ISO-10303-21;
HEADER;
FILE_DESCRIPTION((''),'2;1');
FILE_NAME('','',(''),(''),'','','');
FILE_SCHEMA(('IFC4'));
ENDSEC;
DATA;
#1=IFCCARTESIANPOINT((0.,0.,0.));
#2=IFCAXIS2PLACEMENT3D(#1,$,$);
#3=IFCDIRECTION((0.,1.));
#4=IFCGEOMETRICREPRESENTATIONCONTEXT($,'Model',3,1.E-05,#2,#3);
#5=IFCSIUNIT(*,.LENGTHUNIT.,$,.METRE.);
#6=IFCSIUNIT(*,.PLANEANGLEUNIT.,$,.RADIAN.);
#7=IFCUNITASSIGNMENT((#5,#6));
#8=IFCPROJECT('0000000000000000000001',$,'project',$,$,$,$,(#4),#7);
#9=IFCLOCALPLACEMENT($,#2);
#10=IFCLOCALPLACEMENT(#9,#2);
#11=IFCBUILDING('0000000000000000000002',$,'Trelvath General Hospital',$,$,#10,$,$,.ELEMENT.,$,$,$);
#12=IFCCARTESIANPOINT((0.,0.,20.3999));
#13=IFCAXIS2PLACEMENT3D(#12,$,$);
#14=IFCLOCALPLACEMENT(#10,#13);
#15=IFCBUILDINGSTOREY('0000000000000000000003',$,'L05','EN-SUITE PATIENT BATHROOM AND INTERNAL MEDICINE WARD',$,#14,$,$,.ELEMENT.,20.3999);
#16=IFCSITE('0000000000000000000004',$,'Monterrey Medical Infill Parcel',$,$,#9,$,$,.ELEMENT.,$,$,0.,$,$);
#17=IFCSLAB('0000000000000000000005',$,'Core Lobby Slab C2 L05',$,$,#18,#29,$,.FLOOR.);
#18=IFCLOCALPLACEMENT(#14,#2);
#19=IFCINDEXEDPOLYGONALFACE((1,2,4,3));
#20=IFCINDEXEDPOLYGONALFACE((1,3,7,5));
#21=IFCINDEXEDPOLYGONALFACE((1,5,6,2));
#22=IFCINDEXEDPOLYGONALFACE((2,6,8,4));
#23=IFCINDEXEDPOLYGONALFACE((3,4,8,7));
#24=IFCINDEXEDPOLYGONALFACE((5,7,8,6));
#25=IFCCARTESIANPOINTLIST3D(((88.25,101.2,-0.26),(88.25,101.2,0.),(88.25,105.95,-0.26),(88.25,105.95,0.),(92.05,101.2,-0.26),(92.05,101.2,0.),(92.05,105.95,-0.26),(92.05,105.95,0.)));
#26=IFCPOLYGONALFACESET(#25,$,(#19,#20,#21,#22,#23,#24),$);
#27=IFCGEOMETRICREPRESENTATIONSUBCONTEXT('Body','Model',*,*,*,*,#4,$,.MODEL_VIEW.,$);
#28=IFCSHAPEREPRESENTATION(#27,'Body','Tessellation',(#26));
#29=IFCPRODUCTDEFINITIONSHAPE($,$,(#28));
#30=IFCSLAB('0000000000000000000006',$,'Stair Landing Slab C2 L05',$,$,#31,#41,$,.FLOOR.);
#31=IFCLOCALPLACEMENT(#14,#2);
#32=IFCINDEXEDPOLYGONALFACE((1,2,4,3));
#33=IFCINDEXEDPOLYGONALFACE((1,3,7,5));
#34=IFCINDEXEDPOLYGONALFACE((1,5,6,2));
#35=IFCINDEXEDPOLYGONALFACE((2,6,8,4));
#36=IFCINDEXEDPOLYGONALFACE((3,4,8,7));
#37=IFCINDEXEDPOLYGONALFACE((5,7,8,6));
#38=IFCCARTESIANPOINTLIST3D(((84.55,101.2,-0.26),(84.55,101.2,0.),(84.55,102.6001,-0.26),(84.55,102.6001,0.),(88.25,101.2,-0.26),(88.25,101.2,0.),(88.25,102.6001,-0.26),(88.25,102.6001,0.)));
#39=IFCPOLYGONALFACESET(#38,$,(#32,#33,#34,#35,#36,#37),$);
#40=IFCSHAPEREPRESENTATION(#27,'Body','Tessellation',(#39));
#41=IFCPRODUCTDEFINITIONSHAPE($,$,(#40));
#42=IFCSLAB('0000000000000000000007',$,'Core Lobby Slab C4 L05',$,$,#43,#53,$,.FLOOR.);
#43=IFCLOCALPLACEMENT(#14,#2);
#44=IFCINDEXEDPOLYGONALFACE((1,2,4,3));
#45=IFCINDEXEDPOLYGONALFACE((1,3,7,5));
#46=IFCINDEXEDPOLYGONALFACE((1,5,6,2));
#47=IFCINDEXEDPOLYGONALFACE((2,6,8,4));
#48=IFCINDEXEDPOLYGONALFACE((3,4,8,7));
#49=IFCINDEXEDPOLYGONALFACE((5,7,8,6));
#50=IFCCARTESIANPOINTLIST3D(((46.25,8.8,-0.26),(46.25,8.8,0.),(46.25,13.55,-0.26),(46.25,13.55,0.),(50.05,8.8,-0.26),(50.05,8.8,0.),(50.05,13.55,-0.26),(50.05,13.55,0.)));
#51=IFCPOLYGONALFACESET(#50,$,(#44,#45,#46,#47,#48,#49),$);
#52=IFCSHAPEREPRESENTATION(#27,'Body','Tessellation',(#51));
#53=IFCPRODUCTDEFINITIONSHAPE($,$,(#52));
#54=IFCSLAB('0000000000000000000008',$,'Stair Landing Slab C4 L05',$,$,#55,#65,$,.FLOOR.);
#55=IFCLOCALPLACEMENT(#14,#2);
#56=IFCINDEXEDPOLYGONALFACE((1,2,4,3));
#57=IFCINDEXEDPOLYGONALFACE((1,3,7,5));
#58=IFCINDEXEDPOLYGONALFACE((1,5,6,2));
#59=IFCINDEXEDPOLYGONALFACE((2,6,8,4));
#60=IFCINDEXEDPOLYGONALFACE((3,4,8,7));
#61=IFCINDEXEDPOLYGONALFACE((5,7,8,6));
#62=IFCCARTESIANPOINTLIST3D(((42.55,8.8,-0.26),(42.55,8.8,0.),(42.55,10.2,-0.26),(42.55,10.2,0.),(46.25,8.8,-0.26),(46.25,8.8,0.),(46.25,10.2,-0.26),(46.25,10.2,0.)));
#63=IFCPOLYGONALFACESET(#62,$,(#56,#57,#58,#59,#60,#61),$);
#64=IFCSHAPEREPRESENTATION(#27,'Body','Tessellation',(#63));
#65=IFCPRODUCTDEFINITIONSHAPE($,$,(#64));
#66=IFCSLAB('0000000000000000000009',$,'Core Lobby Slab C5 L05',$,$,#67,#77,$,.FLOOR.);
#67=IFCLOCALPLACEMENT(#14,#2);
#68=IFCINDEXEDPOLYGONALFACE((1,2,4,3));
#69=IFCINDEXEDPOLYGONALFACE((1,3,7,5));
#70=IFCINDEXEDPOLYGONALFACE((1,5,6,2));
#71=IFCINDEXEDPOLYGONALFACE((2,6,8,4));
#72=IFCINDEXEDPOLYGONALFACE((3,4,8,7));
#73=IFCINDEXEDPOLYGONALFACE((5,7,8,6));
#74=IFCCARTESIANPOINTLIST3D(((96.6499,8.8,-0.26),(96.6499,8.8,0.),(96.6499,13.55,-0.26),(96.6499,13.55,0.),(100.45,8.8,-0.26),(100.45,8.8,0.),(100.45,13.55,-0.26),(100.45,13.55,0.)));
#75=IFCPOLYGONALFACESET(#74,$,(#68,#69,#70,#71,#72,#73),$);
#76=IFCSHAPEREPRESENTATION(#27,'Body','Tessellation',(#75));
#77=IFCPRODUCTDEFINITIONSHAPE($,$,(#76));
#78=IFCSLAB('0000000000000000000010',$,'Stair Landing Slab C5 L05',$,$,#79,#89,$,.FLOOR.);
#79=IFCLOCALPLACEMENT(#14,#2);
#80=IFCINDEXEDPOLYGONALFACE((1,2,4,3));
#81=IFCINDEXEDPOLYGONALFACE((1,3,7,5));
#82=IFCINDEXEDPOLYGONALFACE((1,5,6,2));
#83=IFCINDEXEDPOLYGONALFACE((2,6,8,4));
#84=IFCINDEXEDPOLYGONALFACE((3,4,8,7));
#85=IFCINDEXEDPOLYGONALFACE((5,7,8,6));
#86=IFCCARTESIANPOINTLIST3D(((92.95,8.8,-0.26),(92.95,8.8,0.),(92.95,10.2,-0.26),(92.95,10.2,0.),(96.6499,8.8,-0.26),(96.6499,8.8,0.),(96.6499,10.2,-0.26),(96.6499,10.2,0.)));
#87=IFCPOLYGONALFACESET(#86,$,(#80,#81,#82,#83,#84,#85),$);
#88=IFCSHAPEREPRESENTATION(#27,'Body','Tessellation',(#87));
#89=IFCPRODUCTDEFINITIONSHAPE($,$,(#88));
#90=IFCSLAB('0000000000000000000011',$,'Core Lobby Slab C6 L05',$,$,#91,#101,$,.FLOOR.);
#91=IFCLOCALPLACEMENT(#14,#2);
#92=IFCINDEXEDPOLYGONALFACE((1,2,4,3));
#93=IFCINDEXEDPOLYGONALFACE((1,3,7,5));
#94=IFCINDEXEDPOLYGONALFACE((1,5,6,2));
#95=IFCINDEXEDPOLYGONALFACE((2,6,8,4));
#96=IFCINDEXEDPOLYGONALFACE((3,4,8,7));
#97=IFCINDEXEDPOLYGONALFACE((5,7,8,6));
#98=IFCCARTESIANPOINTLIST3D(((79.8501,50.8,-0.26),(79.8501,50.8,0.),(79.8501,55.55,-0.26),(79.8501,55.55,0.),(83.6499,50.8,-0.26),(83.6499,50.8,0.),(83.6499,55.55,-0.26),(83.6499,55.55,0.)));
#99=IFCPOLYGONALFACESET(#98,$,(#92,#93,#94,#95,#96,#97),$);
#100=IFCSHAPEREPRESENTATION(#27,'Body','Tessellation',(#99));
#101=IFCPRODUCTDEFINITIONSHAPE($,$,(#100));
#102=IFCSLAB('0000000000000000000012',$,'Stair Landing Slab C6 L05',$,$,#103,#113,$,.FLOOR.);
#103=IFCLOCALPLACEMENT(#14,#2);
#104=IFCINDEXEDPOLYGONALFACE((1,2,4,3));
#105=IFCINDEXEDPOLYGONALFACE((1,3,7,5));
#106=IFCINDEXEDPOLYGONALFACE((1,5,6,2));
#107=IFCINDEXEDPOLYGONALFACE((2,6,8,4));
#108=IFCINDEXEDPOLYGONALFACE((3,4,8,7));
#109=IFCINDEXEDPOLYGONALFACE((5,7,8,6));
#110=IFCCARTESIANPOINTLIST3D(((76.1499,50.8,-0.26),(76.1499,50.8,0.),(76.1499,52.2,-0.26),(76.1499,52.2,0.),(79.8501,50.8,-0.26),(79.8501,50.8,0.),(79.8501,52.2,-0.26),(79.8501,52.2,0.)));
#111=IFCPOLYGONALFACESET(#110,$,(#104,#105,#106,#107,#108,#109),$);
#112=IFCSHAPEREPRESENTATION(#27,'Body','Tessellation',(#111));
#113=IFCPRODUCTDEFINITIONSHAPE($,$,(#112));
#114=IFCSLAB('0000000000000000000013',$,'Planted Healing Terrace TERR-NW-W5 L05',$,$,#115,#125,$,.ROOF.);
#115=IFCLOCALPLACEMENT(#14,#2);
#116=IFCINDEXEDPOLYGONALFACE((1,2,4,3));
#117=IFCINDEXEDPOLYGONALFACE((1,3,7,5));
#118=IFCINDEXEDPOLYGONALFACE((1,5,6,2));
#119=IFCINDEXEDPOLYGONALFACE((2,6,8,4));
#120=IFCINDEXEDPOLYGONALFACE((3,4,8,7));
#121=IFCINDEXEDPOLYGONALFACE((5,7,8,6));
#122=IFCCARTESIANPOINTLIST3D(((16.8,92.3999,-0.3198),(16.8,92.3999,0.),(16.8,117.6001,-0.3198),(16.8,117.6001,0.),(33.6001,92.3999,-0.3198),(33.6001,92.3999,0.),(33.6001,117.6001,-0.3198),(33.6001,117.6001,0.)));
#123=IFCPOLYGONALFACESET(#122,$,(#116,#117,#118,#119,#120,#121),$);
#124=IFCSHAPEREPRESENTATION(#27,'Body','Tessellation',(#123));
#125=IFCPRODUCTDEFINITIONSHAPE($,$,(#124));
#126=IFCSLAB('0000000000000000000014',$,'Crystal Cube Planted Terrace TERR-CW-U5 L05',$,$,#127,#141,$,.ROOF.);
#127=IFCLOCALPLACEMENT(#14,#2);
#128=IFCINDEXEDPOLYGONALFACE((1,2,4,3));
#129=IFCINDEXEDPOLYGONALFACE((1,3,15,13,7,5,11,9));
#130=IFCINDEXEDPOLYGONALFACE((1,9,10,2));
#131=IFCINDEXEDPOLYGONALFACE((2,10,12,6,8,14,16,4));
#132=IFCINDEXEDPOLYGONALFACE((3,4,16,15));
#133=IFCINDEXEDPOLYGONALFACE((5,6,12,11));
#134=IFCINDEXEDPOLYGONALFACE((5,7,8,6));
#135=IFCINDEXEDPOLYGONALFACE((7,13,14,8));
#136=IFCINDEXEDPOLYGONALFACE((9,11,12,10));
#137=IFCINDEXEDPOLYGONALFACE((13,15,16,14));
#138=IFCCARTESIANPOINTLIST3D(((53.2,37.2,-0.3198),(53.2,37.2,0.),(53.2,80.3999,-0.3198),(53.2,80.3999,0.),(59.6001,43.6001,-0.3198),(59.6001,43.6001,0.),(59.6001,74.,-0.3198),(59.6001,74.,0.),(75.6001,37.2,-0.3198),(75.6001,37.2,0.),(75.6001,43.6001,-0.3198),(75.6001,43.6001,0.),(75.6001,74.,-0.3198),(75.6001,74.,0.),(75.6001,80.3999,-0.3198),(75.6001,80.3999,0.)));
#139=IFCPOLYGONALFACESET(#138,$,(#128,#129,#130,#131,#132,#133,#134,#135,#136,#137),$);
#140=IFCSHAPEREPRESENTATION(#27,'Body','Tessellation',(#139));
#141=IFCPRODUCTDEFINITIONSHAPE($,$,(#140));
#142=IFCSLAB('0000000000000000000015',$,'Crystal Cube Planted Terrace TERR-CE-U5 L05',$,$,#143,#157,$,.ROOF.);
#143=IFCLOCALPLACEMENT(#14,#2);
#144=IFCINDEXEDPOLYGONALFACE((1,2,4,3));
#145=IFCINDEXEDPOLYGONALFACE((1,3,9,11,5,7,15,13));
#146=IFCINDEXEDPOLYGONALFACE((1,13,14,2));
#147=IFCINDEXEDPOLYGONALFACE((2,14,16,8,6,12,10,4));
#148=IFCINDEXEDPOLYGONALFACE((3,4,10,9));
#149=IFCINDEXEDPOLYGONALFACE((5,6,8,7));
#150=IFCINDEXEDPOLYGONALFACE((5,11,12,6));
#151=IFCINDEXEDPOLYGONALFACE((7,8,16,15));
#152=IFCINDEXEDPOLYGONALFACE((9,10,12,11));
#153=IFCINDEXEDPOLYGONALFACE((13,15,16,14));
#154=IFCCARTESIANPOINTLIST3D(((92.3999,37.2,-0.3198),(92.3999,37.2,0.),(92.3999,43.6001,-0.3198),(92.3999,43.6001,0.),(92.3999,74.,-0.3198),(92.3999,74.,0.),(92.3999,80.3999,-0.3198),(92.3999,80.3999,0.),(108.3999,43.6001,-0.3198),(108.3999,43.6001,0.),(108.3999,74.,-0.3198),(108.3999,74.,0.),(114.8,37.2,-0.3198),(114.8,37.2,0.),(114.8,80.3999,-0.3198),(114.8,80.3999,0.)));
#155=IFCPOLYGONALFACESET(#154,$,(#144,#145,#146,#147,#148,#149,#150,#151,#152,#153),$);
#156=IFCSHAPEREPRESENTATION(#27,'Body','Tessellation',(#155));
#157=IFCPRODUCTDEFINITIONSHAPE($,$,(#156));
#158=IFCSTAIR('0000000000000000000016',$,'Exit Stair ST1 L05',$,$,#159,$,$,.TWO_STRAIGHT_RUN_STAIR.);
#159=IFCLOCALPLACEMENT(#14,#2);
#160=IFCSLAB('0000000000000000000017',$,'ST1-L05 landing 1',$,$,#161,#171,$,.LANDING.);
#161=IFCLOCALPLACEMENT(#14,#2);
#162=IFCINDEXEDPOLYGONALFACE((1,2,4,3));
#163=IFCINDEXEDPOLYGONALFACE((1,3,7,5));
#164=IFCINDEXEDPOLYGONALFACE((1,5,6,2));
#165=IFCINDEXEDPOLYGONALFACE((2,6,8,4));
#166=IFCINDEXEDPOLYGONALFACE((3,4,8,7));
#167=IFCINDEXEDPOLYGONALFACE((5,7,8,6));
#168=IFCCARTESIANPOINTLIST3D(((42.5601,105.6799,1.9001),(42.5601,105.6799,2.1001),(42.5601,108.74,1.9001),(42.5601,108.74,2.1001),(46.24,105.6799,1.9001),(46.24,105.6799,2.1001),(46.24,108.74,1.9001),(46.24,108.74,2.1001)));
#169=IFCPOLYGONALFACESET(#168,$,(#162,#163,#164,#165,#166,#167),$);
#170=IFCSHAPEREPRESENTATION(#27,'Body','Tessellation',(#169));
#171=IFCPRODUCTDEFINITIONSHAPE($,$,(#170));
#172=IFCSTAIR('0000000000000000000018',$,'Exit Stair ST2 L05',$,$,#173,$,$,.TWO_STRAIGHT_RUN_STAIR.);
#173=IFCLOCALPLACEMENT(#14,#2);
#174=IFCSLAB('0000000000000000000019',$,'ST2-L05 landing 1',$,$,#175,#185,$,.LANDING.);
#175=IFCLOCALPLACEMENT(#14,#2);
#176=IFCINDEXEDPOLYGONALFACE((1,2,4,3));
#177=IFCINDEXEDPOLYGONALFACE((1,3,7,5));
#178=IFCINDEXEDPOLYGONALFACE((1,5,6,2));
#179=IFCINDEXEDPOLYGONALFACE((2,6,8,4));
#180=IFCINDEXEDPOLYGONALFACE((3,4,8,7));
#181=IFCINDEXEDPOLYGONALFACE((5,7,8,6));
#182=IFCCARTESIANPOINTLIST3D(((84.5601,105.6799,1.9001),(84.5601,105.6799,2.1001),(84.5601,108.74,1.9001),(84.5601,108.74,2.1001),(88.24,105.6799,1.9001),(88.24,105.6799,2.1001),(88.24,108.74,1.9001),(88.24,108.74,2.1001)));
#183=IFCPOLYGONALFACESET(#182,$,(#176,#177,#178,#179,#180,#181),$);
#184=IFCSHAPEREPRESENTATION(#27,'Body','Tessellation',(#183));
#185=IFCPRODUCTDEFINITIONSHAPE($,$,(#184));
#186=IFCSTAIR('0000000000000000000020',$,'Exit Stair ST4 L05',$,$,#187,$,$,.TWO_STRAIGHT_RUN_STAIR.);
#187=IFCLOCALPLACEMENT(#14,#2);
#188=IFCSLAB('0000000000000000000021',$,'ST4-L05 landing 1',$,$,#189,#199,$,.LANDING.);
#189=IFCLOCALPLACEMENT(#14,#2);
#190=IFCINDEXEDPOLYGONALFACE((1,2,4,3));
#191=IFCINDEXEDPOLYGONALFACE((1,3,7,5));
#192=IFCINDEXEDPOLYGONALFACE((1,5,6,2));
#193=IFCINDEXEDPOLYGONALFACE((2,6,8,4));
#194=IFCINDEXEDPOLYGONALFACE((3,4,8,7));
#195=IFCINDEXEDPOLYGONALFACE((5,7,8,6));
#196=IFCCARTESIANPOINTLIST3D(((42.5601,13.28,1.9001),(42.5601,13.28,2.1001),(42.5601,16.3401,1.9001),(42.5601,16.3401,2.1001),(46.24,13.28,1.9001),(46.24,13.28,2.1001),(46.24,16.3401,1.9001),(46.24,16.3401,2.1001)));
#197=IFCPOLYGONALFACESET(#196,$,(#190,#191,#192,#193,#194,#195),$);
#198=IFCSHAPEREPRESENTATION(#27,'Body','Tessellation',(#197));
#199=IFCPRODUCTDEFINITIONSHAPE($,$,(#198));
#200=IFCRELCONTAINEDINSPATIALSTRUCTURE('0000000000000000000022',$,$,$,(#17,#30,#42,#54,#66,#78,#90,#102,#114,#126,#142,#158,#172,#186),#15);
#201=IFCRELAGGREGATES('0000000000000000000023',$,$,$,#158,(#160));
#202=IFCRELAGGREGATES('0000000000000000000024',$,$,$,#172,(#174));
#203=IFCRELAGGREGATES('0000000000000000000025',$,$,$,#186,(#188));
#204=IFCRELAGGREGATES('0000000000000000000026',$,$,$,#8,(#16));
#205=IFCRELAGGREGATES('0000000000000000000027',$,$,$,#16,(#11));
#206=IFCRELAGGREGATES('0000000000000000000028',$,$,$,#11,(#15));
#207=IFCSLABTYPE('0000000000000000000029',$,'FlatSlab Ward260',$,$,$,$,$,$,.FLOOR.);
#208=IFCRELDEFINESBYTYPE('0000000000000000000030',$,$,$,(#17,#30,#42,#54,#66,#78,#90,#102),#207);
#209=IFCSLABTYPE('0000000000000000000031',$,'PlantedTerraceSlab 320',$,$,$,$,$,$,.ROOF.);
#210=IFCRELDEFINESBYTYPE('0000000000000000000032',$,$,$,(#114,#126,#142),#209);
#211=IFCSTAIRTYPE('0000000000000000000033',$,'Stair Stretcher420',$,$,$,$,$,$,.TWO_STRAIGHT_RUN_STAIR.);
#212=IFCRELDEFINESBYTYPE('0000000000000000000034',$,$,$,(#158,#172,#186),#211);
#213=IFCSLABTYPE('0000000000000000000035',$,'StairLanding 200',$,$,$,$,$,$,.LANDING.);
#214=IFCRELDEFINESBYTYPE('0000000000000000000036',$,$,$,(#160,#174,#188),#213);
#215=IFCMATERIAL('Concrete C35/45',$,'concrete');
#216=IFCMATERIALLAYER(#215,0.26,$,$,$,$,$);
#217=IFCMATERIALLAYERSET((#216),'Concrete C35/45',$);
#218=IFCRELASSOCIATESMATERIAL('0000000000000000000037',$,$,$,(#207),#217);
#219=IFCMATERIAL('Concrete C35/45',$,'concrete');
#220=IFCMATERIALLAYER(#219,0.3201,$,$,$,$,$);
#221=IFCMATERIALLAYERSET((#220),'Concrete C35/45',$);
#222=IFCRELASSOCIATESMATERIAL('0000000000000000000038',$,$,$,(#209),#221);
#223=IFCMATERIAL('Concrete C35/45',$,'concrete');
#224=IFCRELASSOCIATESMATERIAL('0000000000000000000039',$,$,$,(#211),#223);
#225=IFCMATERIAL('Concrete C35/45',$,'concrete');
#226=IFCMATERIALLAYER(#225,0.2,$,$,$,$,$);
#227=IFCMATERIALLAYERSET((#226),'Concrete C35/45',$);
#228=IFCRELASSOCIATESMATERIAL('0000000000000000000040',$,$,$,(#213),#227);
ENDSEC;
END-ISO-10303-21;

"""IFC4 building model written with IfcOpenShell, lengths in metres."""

from ifc_helpers import new_model, si_unit, direction, frame, origin, place, context, subcontext, project, spatial, polyline, outline, extrude, material, layer, layer_set, type_object, element, aggregate, save


model = new_model("IFC4")

# Units and contexts
model_context = context("Model", 3, precision=1e-05, world=origin(), true_north=direction((0.0, 1.0)))
body_context = subcontext(model_context, "Body", "Model", "MODEL_VIEW")
ifc_project = project(units=[si_unit("LENGTHUNIT", "METRE"), si_unit("PLANEANGLEUNIT", "RADIAN")], contexts=[model_context])

# Site, building, storey
site_placement = place(None, origin())
site = spatial("IfcSite", under=ifc_project, at=site_placement, Name="Monterrey Medical Infill Parcel", CompositionType="ELEMENT", RefElevation=0.0)
building_placement = place(site_placement, origin())
building = spatial("IfcBuilding", under=site, at=building_placement, Name="Trelvath General Hospital", CompositionType="ELEMENT")
storey_placement = place(building_placement, frame((0.0, 0.0, 20.3999)))
storey = spatial("IfcBuildingStorey", under=building, at=storey_placement, Name="L05", Description="EN-SUITE PATIENT BATHROOM AND INTERNAL MEDICINE WARD", CompositionType="ELEMENT", Elevation=20.3999)

# Slabs
ifc_material_1 = material(Name="Concrete C35/45", Category="concrete")
ifc_layer_1 = layer(ifc_material_1, 0.26)
ifc_layer_set_1 = layer_set([ifc_layer_1], Name="Concrete C35/45")
slab_type_1 = type_object("IfcSlabType", Name="FlatSlab Ward260", PredefinedType="FLOOR", material=ifc_layer_set_1)
slab_1_placement = place(storey_placement, frame((0.0, 0.0, -0.26)))
element("IfcSlab", 1, at=slab_1_placement, inside=storey, type_object=slab_type_1, Name="Core Lobby Slab C2 L05", PredefinedType="FLOOR", context=body_context, shape_type="SweptSolid", body=[
    extrude(outline(polyline([(88.25, 101.2), (92.05, 101.2), (92.05, 105.95), (88.25, 105.95), (88.25, 101.2)])), origin(), (0.0, 0.0, 1.0), 0.26),
])
slab_2_placement = place(storey_placement, frame((0.0, 0.0, -0.26)))
element("IfcSlab", 2, at=slab_2_placement, inside=storey, type_object=slab_type_1, Name="Stair Landing Slab C2 L05", PredefinedType="FLOOR", context=body_context, shape_type="SweptSolid", body=[
    extrude(outline(polyline([(84.55, 101.2), (88.25, 101.2), (88.25, 102.6001), (84.55, 102.6001), (84.55, 101.2)])), origin(), (0.0, 0.0, 1.0), 0.26),
])
slab_3_placement = place(storey_placement, frame((0.0, 0.0, -0.26)))
element("IfcSlab", 3, at=slab_3_placement, inside=storey, type_object=slab_type_1, Name="Core Lobby Slab C4 L05", PredefinedType="FLOOR", context=body_context, shape_type="SweptSolid", body=[
    extrude(outline(polyline([(46.25, 8.8), (50.05, 8.8), (50.05, 13.55), (46.25, 13.55), (46.25, 8.8)])), origin(), (0.0, 0.0, 1.0), 0.26),
])
slab_4_placement = place(storey_placement, frame((0.0, 0.0, -0.26)))
element("IfcSlab", 4, at=slab_4_placement, inside=storey, type_object=slab_type_1, Name="Stair Landing Slab C4 L05", PredefinedType="FLOOR", context=body_context, shape_type="SweptSolid", body=[
    extrude(outline(polyline([(42.55, 8.8), (46.25, 8.8), (46.25, 10.2), (42.55, 10.2), (42.55, 8.8)])), origin(), (0.0, 0.0, 1.0), 0.26),
])
slab_5_placement = place(storey_placement, frame((0.0, 0.0, -0.26)))
element("IfcSlab", 5, at=slab_5_placement, inside=storey, type_object=slab_type_1, Name="Core Lobby Slab C5 L05", PredefinedType="FLOOR", context=body_context, shape_type="SweptSolid", body=[
    extrude(outline(polyline([(96.6499, 8.8), (100.45, 8.8), (100.45, 13.55), (96.6499, 13.55), (96.6499, 8.8)])), origin(), (0.0, 0.0, 1.0), 0.26),
])
slab_6_placement = place(storey_placement, frame((0.0, 0.0, -0.26)))
element("IfcSlab", 6, at=slab_6_placement, inside=storey, type_object=slab_type_1, Name="Stair Landing Slab C5 L05", PredefinedType="FLOOR", context=body_context, shape_type="SweptSolid", body=[
    extrude(outline(polyline([(92.95, 8.8), (96.6499, 8.8), (96.6499, 10.2), (92.95, 10.2), (92.95, 8.8)])), origin(), (0.0, 0.0, 1.0), 0.26),
])
slab_7_placement = place(storey_placement, frame((0.0, 0.0, -0.26)))
element("IfcSlab", 7, at=slab_7_placement, inside=storey, type_object=slab_type_1, Name="Core Lobby Slab C6 L05", PredefinedType="FLOOR", context=body_context, shape_type="SweptSolid", body=[
    extrude(outline(polyline([(79.8501, 50.8), (83.6499, 50.8), (83.6499, 55.55), (79.8501, 55.55), (79.8501, 50.8)])), origin(), (0.0, 0.0, 1.0), 0.26),
])
slab_8_placement = place(storey_placement, frame((0.0, 0.0, -0.26)))
element("IfcSlab", 8, at=slab_8_placement, inside=storey, type_object=slab_type_1, Name="Stair Landing Slab C6 L05", PredefinedType="FLOOR", context=body_context, shape_type="SweptSolid", body=[
    extrude(outline(polyline([(76.1499, 50.8), (79.8501, 50.8), (79.8501, 52.2), (76.1499, 52.2), (76.1499, 50.8)])), origin(), (0.0, 0.0, 1.0), 0.26),
])
ifc_material_2 = material(Name="Concrete C35/45", Category="concrete")
ifc_layer_2 = layer(ifc_material_2, 0.3201)
ifc_layer_set_2 = layer_set([ifc_layer_2], Name="Concrete C35/45")
slab_type_2 = type_object("IfcSlabType", Name="PlantedTerraceSlab 320", PredefinedType="ROOF", material=ifc_layer_set_2)
slab_9_placement = place(storey_placement, frame((0.0, 0.0, -0.3198)))
element("IfcSlab", 9, at=slab_9_placement, inside=storey, type_object=slab_type_2, Name="Planted Healing Terrace TERR-NW-W5 L05", PredefinedType="ROOF", context=body_context, shape_type="SweptSolid", body=[
    extrude(outline(polyline([(16.8, 92.3999), (33.6001, 92.3999), (33.6001, 117.6001), (16.8, 117.6001), (16.8, 92.3999)])), origin(), (0.0, 0.0, 1.0), 0.3198),
])
slab_10_placement = place(storey_placement, frame((0.0, 0.0, -0.3198)))
element("IfcSlab", 10, at=slab_10_placement, inside=storey, type_object=slab_type_2, Name="Crystal Cube Planted Terrace TERR-CW-U5 L05", PredefinedType="ROOF", context=body_context, shape_type="SweptSolid", body=[
    extrude(outline(polyline([(53.2, 37.2), (75.6001, 37.2), (75.6001, 43.6001), (59.6001, 43.6001), (59.6001, 74.0), (75.6001, 74.0), (75.6001, 80.3999), (53.2, 80.3999), (53.2, 37.2)])), origin(), (0.0, 0.0, 1.0), 0.3198),
])
slab_11_placement = place(storey_placement, frame((0.0, 0.0, -0.3198)))
element("IfcSlab", 11, at=slab_11_placement, inside=storey, type_object=slab_type_2, Name="Crystal Cube Planted Terrace TERR-CE-U5 L05", PredefinedType="ROOF", context=body_context, shape_type="SweptSolid", body=[
    extrude(outline(polyline([(92.3999, 37.2), (114.8, 37.2), (114.8, 80.3999), (92.3999, 80.3999), (92.3999, 74.0), (108.3999, 74.0), (108.3999, 43.6001), (92.3999, 43.6001), (92.3999, 37.2)])), origin(), (0.0, 0.0, 1.0), 0.3198),
])

# Stairs, slabs
ifc_material_3 = material(Name="Concrete C35/45", Category="concrete")
stair_type = type_object("IfcStairType", Name="Stair Stretcher420", PredefinedType="TWO_STRAIGHT_RUN_STAIR", material=ifc_material_3)
stair_1_placement = place(storey_placement, origin())
stair_1 = element("IfcStair", 12, at=stair_1_placement, inside=storey, type_object=stair_type, Name="Exit Stair ST1 L05", PredefinedType="TWO_STRAIGHT_RUN_STAIR")
ifc_material_4 = material(Name="Concrete C35/45", Category="concrete")
ifc_layer_3 = layer(ifc_material_4, 0.2)
ifc_layer_set_3 = layer_set([ifc_layer_3], Name="Concrete C35/45")
slab_type_3 = type_object("IfcSlabType", Name="StairLanding 200", PredefinedType="LANDING", material=ifc_layer_set_3)
slab_12_placement = place(storey_placement, frame((0.0, 0.0, 1.9001)))
slab_12 = element("IfcSlab", 13, at=slab_12_placement, type_object=slab_type_3, Name="ST1-L05 landing 1", PredefinedType="LANDING", context=body_context, shape_type="SweptSolid", body=[
    extrude(outline(polyline([(42.5601, 105.6799), (46.24, 105.6799), (46.24, 108.74), (42.5601, 108.74), (42.5601, 105.6799)])), origin(), (0.0, 0.0, 1.0), 0.2),
])
aggregate(stair_1, [slab_12])
stair_2_placement = place(storey_placement, origin())
stair_2 = element("IfcStair", 14, at=stair_2_placement, inside=storey, type_object=stair_type, Name="Exit Stair ST2 L05", PredefinedType="TWO_STRAIGHT_RUN_STAIR")
slab_13_placement = place(storey_placement, frame((0.0, 0.0, 1.9001)))
slab_13 = element("IfcSlab", 15, at=slab_13_placement, type_object=slab_type_3, Name="ST2-L05 landing 1", PredefinedType="LANDING", context=body_context, shape_type="SweptSolid", body=[
    extrude(outline(polyline([(84.5601, 105.6799), (88.24, 105.6799), (88.24, 108.74), (84.5601, 108.74), (84.5601, 105.6799)])), origin(), (0.0, 0.0, 1.0), 0.2),
])
aggregate(stair_2, [slab_13])
stair_3_placement = place(storey_placement, origin())
stair_3 = element("IfcStair", 16, at=stair_3_placement, inside=storey, type_object=stair_type, Name="Exit Stair ST4 L05", PredefinedType="TWO_STRAIGHT_RUN_STAIR")
slab_14_placement = place(storey_placement, frame((0.0, 0.0, 1.9001)))
slab_14 = element("IfcSlab", 17, at=slab_14_placement, type_object=slab_type_3, Name="ST4-L05 landing 1", PredefinedType="LANDING", context=body_context, shape_type="SweptSolid", body=[
    extrude(outline(polyline([(42.5601, 13.28), (46.24, 13.28), (46.24, 16.3401), (42.5601, 16.3401), (42.5601, 13.28)])), origin(), (0.0, 0.0, 1.0), 0.2),
])
aggregate(stair_3, [slab_14])

save(model, "model.ifc")
